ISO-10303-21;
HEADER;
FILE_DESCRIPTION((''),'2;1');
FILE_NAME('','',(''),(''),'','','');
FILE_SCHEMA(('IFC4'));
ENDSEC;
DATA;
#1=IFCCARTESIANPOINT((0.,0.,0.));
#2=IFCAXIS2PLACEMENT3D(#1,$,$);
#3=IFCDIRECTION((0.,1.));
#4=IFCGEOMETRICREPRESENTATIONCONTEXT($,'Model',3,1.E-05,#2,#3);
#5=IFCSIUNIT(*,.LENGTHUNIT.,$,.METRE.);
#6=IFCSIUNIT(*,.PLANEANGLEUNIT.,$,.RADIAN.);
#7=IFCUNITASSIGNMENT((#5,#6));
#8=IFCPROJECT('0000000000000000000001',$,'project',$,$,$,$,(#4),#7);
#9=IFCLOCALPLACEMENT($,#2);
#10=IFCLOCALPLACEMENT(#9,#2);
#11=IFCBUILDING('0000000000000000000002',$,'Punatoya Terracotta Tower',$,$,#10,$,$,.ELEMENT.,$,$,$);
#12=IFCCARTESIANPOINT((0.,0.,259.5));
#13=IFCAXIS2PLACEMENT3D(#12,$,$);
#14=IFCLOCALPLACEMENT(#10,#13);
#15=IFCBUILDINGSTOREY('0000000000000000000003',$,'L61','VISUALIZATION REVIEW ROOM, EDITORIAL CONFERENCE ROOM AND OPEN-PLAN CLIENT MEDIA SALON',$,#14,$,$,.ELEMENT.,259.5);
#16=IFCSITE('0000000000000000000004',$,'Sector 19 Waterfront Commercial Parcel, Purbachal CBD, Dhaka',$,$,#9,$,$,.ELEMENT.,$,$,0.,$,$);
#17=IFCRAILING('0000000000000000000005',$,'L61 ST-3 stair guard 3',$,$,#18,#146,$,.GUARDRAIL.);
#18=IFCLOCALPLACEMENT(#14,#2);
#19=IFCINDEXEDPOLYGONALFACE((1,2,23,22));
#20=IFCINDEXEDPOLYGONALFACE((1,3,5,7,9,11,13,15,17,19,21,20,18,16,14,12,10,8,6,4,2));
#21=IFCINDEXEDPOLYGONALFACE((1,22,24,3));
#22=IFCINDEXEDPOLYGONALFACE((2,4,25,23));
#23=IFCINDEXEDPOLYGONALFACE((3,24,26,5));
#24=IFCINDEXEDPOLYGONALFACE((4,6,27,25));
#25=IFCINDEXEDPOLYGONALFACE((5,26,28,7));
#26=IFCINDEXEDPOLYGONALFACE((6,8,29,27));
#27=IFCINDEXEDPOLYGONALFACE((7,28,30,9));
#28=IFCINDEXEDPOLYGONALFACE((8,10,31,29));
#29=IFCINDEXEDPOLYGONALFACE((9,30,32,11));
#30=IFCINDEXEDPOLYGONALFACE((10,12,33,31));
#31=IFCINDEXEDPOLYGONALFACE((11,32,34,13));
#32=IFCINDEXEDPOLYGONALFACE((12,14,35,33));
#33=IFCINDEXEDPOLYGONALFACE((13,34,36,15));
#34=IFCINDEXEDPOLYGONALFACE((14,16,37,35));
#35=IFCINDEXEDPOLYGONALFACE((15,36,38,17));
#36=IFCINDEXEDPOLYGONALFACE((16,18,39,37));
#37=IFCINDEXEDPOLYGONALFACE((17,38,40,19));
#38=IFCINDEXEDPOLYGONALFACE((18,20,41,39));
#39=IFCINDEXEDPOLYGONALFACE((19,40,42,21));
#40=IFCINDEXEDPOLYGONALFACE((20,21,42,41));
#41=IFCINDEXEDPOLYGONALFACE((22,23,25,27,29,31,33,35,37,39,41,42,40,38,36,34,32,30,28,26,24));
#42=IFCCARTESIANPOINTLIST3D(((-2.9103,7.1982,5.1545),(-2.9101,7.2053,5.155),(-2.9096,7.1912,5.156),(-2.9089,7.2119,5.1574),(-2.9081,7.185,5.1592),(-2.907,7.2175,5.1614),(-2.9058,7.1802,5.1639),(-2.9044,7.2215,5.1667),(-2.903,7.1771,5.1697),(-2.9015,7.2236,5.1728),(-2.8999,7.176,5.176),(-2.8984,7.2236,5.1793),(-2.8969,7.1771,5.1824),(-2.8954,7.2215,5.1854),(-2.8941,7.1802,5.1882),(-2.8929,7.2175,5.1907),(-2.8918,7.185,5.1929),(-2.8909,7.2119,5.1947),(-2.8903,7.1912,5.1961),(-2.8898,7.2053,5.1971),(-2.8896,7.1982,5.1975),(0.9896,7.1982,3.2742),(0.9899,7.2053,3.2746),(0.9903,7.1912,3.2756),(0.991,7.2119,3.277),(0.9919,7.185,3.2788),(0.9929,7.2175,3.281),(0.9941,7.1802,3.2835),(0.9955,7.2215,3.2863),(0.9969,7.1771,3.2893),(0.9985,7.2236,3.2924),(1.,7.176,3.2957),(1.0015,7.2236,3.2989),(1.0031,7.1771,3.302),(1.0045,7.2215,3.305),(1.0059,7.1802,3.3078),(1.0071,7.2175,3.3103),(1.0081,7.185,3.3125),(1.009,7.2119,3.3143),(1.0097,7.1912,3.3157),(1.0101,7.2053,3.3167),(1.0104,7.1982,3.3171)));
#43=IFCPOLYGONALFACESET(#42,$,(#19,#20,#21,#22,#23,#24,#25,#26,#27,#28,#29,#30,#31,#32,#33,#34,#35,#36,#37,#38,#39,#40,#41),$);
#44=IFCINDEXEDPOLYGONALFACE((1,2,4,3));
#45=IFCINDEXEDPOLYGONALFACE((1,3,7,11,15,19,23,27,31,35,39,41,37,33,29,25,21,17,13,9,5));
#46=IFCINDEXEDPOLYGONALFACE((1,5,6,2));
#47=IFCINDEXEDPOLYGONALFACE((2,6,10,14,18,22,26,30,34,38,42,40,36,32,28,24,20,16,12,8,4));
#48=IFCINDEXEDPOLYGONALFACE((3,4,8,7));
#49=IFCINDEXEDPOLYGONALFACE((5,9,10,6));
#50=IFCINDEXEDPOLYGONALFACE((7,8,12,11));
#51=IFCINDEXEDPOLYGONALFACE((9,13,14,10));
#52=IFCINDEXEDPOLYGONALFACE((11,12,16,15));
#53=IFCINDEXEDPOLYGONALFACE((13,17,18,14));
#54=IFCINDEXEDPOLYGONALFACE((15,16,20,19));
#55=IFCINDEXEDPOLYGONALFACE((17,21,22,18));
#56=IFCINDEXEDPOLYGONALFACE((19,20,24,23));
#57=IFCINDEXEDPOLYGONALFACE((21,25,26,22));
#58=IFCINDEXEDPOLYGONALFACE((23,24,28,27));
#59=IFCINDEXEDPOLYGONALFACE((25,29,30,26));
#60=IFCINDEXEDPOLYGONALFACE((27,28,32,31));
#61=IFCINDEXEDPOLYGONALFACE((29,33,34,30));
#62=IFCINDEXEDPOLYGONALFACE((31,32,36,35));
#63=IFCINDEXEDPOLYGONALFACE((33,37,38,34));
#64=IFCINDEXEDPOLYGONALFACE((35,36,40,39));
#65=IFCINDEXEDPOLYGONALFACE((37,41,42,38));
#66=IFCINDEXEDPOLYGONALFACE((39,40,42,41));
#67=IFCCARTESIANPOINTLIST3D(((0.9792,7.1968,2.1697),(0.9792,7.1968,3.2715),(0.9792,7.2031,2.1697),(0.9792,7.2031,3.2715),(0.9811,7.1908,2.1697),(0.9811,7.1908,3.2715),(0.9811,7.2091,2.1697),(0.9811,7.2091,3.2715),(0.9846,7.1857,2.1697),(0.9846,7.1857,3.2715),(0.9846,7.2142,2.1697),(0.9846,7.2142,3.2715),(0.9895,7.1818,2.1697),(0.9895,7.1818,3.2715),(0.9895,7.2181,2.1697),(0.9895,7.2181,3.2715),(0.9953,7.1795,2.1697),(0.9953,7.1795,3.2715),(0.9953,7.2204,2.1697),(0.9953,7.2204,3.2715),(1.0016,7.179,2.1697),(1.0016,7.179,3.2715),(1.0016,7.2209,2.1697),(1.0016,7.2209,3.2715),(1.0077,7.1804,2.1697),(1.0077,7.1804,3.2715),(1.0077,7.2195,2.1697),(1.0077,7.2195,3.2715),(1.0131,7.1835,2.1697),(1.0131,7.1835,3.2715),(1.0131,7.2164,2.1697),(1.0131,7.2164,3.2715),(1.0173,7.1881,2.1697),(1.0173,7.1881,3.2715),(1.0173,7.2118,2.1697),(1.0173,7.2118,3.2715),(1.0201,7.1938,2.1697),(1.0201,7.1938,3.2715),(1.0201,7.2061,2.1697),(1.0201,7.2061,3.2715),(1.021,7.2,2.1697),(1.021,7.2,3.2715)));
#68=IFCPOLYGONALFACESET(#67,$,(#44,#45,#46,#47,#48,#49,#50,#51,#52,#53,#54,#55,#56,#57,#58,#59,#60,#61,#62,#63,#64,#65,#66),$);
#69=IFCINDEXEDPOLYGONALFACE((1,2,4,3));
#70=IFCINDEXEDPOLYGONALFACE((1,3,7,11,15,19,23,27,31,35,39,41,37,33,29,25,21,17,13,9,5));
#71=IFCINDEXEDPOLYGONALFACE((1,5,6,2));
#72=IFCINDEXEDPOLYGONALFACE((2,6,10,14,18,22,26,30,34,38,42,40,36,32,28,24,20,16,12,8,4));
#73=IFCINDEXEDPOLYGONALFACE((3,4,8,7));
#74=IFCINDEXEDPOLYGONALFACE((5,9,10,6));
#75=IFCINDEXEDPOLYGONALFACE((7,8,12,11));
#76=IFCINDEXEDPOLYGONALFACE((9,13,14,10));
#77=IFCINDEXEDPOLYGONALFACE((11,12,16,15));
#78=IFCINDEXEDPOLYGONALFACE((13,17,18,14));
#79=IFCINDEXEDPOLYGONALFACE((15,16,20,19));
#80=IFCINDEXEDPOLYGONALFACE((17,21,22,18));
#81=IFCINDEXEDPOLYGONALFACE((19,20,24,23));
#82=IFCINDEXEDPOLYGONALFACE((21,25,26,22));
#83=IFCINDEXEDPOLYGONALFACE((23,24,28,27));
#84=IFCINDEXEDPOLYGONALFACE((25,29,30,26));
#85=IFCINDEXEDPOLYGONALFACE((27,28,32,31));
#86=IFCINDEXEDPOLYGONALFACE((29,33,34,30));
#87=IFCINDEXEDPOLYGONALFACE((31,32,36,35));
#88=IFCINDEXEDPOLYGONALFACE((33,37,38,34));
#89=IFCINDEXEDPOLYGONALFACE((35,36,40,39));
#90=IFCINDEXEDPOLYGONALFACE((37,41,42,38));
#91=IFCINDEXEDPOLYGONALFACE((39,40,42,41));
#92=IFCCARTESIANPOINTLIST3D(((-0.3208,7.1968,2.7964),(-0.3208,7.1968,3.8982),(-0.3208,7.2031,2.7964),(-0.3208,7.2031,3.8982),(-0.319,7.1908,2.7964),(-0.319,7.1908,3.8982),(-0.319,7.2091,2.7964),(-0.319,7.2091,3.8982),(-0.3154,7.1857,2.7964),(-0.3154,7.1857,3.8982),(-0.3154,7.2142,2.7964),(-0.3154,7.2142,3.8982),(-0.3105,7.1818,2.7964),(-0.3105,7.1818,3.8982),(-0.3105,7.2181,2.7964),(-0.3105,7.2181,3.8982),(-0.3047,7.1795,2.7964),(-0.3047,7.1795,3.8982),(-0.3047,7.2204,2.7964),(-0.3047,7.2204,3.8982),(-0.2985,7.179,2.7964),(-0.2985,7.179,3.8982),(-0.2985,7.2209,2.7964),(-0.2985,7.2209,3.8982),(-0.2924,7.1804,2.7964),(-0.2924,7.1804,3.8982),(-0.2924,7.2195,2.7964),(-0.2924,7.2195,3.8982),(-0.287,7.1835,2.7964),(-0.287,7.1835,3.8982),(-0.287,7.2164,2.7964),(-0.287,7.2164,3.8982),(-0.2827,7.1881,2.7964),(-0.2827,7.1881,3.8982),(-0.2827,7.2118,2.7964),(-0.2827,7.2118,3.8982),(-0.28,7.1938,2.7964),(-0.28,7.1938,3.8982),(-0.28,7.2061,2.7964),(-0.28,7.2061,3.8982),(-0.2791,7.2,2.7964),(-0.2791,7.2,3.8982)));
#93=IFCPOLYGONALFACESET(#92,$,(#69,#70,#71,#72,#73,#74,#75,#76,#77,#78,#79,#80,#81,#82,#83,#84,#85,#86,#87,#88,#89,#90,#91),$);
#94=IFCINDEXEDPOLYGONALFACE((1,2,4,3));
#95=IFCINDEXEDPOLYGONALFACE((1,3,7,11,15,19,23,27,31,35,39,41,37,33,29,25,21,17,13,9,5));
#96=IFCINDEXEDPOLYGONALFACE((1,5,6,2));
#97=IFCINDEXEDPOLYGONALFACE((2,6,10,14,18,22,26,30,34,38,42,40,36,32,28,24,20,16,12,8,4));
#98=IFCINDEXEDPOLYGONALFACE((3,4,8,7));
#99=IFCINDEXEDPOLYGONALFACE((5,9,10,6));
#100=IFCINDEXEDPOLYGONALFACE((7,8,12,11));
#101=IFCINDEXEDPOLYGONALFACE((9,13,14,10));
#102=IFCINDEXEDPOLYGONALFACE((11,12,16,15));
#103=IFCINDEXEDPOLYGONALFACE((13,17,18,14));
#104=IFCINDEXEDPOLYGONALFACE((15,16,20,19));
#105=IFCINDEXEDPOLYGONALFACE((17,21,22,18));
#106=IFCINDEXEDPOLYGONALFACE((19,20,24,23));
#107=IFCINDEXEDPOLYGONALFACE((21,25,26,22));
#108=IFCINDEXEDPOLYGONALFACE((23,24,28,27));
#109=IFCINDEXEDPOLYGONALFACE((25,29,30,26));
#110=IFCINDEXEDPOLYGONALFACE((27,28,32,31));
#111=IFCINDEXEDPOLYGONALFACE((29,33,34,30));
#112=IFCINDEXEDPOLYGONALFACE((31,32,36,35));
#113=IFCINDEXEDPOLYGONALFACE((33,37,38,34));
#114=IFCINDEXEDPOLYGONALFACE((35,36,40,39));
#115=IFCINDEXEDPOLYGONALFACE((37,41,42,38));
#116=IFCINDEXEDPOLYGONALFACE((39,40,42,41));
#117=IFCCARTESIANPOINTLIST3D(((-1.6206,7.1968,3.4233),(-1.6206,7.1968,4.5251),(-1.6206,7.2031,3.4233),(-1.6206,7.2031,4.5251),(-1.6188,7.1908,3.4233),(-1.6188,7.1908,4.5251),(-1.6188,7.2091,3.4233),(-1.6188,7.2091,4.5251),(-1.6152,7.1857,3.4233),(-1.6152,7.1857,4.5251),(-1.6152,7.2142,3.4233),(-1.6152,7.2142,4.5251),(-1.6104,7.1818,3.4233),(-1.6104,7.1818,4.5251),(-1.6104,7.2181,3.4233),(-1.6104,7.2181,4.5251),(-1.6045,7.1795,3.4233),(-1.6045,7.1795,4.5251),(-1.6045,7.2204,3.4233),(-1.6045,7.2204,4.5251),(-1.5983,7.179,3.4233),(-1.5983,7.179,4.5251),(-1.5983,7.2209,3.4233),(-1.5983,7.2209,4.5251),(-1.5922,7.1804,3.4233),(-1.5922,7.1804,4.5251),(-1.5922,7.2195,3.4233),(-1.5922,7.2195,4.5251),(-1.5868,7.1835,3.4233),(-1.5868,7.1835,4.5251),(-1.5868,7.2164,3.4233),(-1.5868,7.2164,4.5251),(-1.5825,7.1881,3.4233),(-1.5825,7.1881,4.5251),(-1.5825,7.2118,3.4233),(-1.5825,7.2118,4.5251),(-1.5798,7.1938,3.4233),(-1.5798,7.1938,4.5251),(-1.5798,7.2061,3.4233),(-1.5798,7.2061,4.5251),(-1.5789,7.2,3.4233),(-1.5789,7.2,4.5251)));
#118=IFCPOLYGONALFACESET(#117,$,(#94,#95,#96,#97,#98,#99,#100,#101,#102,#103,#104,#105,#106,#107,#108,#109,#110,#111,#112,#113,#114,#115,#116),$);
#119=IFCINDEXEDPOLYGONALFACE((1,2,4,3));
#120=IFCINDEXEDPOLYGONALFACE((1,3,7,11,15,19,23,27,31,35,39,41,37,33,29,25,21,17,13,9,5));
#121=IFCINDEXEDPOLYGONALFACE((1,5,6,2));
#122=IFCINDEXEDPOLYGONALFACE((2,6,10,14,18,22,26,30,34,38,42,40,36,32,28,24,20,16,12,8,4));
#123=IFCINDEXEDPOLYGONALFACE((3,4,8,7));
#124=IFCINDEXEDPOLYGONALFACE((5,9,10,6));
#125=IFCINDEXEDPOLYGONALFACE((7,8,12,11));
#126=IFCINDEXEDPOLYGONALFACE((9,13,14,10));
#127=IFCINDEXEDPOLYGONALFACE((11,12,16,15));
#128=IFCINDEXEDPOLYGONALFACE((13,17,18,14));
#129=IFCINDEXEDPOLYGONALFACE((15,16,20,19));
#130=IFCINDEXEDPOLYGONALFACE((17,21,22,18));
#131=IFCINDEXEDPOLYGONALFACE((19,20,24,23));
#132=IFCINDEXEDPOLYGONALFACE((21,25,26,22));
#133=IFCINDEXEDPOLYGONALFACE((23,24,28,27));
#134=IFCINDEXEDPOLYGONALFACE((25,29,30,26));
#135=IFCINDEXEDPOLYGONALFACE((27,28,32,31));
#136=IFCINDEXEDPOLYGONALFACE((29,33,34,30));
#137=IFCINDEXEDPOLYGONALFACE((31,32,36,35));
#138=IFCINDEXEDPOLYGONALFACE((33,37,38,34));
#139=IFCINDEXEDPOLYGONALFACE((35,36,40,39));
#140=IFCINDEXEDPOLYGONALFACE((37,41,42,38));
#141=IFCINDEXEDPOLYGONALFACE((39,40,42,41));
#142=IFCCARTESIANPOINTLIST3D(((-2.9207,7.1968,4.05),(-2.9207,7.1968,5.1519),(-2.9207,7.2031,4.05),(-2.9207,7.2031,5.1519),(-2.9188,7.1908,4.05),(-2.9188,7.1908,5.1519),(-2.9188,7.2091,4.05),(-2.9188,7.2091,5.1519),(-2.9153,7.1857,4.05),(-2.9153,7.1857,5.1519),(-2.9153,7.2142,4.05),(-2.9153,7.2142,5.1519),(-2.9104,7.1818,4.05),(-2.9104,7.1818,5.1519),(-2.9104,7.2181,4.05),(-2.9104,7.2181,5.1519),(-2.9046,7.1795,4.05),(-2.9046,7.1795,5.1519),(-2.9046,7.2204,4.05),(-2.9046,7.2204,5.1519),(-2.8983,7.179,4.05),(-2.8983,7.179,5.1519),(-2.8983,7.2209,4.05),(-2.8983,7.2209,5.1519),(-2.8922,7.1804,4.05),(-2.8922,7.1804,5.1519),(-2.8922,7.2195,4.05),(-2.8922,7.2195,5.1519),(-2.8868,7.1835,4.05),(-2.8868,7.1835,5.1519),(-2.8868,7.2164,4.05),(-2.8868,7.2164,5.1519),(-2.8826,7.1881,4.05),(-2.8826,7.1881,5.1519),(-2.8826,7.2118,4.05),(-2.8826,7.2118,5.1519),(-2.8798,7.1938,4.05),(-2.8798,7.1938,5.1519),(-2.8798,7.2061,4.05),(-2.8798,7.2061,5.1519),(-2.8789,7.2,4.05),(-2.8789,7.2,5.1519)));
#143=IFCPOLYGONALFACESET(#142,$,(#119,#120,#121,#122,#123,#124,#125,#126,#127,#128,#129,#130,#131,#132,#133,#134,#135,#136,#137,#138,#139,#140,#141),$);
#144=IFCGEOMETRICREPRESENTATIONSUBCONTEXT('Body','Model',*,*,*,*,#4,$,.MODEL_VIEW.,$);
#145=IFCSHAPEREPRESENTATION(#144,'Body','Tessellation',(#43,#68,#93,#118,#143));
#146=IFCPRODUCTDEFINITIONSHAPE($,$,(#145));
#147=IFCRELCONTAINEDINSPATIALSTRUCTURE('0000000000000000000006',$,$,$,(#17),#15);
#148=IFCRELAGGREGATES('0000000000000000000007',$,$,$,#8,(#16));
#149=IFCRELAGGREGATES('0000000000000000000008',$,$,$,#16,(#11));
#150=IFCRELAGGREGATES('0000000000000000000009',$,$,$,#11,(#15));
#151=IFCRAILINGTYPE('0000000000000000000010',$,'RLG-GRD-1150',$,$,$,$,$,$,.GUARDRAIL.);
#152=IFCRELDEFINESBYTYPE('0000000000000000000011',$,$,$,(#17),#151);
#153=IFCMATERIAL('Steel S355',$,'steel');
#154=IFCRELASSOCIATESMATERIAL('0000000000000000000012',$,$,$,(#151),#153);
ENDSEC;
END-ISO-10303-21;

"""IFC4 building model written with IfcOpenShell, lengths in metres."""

from ifc_helpers import new_model, si_unit, direction, frame, origin, origin_2d, place, context, subcontext, project, spatial, circle, extrude, material, type_object, element, save


model = new_model("IFC4")

# Units and contexts
model_context = context("Model", 3, precision=1e-05, world=origin(), true_north=direction((0.0, 1.0)))
body_context = subcontext(model_context, "Body", "Model", "MODEL_VIEW")
ifc_project = project(units=[si_unit("LENGTHUNIT", "METRE"), si_unit("PLANEANGLEUNIT", "RADIAN")], contexts=[model_context])

# Site, building, storey
site_placement = place(None, origin())
site = spatial("IfcSite", under=ifc_project, at=site_placement, Name="Sector 19 Waterfront Commercial Parcel, Purbachal CBD, Dhaka", CompositionType="ELEMENT", RefElevation=0.0)
building_placement = place(site_placement, origin())
building = spatial("IfcBuilding", under=site, at=building_placement, Name="Punatoya Terracotta Tower", CompositionType="ELEMENT")
storey_placement = place(building_placement, frame((0.0, 0.0, 259.5)))
storey = spatial("IfcBuildingStorey", under=building, at=storey_placement, Name="L61", Description="VISUALIZATION REVIEW ROOM, EDITORIAL CONFERENCE ROOM AND OPEN-PLAN CLIENT MEDIA SALON", CompositionType="ELEMENT", Elevation=259.5)

# Shared definitions
ifc_material_1 = material(Name="Steel S355", Category="steel")

# Railing
railing_type_1 = type_object("IfcRailingType", Name="RLG-GRD-1150", PredefinedType="GUARDRAIL", material=ifc_material_1)
railing_1_placement = place(storey_placement, frame((1.0, 7.2, 2.1697)))
element("IfcRailing", 1, at=railing_1_placement, inside=storey, type_object=railing_type_1, Name="L61 ST-3 stair guard 3", PredefinedType="GUARDRAIL", context=body_context, shape_type="SweptSolid", body=[
    extrude(circle(Radius=0.0239, at=origin_2d()), frame((0.0, 0.0, 1.126), z_axis=(-0.900763, 0.0, 0.434311), x_axis=(0.0, -1.0, 0.0)), (0.0, 0.0, 1.0), 4.3296),
    extrude(circle(Radius=0.021, at=origin_2d()), origin(), (0.0, 0.0, 1.0), 1.1018),
    extrude(circle(Radius=0.021, at=origin_2d()), frame((-1.3, 0.0, 0.6267)), (0.0, 0.0, 1.0), 1.1018),
    extrude(circle(Radius=0.021, at=origin_2d()), frame((-2.5999, 0.0, 1.2537)), (0.0, 0.0, 1.0), 1.1018),
    extrude(circle(Radius=0.021, at=origin_2d()), frame((-3.8999, 0.0, 1.8804)), (0.0, 0.0, 1.0), 1.1018),
])

save(model, "model.ifc")
